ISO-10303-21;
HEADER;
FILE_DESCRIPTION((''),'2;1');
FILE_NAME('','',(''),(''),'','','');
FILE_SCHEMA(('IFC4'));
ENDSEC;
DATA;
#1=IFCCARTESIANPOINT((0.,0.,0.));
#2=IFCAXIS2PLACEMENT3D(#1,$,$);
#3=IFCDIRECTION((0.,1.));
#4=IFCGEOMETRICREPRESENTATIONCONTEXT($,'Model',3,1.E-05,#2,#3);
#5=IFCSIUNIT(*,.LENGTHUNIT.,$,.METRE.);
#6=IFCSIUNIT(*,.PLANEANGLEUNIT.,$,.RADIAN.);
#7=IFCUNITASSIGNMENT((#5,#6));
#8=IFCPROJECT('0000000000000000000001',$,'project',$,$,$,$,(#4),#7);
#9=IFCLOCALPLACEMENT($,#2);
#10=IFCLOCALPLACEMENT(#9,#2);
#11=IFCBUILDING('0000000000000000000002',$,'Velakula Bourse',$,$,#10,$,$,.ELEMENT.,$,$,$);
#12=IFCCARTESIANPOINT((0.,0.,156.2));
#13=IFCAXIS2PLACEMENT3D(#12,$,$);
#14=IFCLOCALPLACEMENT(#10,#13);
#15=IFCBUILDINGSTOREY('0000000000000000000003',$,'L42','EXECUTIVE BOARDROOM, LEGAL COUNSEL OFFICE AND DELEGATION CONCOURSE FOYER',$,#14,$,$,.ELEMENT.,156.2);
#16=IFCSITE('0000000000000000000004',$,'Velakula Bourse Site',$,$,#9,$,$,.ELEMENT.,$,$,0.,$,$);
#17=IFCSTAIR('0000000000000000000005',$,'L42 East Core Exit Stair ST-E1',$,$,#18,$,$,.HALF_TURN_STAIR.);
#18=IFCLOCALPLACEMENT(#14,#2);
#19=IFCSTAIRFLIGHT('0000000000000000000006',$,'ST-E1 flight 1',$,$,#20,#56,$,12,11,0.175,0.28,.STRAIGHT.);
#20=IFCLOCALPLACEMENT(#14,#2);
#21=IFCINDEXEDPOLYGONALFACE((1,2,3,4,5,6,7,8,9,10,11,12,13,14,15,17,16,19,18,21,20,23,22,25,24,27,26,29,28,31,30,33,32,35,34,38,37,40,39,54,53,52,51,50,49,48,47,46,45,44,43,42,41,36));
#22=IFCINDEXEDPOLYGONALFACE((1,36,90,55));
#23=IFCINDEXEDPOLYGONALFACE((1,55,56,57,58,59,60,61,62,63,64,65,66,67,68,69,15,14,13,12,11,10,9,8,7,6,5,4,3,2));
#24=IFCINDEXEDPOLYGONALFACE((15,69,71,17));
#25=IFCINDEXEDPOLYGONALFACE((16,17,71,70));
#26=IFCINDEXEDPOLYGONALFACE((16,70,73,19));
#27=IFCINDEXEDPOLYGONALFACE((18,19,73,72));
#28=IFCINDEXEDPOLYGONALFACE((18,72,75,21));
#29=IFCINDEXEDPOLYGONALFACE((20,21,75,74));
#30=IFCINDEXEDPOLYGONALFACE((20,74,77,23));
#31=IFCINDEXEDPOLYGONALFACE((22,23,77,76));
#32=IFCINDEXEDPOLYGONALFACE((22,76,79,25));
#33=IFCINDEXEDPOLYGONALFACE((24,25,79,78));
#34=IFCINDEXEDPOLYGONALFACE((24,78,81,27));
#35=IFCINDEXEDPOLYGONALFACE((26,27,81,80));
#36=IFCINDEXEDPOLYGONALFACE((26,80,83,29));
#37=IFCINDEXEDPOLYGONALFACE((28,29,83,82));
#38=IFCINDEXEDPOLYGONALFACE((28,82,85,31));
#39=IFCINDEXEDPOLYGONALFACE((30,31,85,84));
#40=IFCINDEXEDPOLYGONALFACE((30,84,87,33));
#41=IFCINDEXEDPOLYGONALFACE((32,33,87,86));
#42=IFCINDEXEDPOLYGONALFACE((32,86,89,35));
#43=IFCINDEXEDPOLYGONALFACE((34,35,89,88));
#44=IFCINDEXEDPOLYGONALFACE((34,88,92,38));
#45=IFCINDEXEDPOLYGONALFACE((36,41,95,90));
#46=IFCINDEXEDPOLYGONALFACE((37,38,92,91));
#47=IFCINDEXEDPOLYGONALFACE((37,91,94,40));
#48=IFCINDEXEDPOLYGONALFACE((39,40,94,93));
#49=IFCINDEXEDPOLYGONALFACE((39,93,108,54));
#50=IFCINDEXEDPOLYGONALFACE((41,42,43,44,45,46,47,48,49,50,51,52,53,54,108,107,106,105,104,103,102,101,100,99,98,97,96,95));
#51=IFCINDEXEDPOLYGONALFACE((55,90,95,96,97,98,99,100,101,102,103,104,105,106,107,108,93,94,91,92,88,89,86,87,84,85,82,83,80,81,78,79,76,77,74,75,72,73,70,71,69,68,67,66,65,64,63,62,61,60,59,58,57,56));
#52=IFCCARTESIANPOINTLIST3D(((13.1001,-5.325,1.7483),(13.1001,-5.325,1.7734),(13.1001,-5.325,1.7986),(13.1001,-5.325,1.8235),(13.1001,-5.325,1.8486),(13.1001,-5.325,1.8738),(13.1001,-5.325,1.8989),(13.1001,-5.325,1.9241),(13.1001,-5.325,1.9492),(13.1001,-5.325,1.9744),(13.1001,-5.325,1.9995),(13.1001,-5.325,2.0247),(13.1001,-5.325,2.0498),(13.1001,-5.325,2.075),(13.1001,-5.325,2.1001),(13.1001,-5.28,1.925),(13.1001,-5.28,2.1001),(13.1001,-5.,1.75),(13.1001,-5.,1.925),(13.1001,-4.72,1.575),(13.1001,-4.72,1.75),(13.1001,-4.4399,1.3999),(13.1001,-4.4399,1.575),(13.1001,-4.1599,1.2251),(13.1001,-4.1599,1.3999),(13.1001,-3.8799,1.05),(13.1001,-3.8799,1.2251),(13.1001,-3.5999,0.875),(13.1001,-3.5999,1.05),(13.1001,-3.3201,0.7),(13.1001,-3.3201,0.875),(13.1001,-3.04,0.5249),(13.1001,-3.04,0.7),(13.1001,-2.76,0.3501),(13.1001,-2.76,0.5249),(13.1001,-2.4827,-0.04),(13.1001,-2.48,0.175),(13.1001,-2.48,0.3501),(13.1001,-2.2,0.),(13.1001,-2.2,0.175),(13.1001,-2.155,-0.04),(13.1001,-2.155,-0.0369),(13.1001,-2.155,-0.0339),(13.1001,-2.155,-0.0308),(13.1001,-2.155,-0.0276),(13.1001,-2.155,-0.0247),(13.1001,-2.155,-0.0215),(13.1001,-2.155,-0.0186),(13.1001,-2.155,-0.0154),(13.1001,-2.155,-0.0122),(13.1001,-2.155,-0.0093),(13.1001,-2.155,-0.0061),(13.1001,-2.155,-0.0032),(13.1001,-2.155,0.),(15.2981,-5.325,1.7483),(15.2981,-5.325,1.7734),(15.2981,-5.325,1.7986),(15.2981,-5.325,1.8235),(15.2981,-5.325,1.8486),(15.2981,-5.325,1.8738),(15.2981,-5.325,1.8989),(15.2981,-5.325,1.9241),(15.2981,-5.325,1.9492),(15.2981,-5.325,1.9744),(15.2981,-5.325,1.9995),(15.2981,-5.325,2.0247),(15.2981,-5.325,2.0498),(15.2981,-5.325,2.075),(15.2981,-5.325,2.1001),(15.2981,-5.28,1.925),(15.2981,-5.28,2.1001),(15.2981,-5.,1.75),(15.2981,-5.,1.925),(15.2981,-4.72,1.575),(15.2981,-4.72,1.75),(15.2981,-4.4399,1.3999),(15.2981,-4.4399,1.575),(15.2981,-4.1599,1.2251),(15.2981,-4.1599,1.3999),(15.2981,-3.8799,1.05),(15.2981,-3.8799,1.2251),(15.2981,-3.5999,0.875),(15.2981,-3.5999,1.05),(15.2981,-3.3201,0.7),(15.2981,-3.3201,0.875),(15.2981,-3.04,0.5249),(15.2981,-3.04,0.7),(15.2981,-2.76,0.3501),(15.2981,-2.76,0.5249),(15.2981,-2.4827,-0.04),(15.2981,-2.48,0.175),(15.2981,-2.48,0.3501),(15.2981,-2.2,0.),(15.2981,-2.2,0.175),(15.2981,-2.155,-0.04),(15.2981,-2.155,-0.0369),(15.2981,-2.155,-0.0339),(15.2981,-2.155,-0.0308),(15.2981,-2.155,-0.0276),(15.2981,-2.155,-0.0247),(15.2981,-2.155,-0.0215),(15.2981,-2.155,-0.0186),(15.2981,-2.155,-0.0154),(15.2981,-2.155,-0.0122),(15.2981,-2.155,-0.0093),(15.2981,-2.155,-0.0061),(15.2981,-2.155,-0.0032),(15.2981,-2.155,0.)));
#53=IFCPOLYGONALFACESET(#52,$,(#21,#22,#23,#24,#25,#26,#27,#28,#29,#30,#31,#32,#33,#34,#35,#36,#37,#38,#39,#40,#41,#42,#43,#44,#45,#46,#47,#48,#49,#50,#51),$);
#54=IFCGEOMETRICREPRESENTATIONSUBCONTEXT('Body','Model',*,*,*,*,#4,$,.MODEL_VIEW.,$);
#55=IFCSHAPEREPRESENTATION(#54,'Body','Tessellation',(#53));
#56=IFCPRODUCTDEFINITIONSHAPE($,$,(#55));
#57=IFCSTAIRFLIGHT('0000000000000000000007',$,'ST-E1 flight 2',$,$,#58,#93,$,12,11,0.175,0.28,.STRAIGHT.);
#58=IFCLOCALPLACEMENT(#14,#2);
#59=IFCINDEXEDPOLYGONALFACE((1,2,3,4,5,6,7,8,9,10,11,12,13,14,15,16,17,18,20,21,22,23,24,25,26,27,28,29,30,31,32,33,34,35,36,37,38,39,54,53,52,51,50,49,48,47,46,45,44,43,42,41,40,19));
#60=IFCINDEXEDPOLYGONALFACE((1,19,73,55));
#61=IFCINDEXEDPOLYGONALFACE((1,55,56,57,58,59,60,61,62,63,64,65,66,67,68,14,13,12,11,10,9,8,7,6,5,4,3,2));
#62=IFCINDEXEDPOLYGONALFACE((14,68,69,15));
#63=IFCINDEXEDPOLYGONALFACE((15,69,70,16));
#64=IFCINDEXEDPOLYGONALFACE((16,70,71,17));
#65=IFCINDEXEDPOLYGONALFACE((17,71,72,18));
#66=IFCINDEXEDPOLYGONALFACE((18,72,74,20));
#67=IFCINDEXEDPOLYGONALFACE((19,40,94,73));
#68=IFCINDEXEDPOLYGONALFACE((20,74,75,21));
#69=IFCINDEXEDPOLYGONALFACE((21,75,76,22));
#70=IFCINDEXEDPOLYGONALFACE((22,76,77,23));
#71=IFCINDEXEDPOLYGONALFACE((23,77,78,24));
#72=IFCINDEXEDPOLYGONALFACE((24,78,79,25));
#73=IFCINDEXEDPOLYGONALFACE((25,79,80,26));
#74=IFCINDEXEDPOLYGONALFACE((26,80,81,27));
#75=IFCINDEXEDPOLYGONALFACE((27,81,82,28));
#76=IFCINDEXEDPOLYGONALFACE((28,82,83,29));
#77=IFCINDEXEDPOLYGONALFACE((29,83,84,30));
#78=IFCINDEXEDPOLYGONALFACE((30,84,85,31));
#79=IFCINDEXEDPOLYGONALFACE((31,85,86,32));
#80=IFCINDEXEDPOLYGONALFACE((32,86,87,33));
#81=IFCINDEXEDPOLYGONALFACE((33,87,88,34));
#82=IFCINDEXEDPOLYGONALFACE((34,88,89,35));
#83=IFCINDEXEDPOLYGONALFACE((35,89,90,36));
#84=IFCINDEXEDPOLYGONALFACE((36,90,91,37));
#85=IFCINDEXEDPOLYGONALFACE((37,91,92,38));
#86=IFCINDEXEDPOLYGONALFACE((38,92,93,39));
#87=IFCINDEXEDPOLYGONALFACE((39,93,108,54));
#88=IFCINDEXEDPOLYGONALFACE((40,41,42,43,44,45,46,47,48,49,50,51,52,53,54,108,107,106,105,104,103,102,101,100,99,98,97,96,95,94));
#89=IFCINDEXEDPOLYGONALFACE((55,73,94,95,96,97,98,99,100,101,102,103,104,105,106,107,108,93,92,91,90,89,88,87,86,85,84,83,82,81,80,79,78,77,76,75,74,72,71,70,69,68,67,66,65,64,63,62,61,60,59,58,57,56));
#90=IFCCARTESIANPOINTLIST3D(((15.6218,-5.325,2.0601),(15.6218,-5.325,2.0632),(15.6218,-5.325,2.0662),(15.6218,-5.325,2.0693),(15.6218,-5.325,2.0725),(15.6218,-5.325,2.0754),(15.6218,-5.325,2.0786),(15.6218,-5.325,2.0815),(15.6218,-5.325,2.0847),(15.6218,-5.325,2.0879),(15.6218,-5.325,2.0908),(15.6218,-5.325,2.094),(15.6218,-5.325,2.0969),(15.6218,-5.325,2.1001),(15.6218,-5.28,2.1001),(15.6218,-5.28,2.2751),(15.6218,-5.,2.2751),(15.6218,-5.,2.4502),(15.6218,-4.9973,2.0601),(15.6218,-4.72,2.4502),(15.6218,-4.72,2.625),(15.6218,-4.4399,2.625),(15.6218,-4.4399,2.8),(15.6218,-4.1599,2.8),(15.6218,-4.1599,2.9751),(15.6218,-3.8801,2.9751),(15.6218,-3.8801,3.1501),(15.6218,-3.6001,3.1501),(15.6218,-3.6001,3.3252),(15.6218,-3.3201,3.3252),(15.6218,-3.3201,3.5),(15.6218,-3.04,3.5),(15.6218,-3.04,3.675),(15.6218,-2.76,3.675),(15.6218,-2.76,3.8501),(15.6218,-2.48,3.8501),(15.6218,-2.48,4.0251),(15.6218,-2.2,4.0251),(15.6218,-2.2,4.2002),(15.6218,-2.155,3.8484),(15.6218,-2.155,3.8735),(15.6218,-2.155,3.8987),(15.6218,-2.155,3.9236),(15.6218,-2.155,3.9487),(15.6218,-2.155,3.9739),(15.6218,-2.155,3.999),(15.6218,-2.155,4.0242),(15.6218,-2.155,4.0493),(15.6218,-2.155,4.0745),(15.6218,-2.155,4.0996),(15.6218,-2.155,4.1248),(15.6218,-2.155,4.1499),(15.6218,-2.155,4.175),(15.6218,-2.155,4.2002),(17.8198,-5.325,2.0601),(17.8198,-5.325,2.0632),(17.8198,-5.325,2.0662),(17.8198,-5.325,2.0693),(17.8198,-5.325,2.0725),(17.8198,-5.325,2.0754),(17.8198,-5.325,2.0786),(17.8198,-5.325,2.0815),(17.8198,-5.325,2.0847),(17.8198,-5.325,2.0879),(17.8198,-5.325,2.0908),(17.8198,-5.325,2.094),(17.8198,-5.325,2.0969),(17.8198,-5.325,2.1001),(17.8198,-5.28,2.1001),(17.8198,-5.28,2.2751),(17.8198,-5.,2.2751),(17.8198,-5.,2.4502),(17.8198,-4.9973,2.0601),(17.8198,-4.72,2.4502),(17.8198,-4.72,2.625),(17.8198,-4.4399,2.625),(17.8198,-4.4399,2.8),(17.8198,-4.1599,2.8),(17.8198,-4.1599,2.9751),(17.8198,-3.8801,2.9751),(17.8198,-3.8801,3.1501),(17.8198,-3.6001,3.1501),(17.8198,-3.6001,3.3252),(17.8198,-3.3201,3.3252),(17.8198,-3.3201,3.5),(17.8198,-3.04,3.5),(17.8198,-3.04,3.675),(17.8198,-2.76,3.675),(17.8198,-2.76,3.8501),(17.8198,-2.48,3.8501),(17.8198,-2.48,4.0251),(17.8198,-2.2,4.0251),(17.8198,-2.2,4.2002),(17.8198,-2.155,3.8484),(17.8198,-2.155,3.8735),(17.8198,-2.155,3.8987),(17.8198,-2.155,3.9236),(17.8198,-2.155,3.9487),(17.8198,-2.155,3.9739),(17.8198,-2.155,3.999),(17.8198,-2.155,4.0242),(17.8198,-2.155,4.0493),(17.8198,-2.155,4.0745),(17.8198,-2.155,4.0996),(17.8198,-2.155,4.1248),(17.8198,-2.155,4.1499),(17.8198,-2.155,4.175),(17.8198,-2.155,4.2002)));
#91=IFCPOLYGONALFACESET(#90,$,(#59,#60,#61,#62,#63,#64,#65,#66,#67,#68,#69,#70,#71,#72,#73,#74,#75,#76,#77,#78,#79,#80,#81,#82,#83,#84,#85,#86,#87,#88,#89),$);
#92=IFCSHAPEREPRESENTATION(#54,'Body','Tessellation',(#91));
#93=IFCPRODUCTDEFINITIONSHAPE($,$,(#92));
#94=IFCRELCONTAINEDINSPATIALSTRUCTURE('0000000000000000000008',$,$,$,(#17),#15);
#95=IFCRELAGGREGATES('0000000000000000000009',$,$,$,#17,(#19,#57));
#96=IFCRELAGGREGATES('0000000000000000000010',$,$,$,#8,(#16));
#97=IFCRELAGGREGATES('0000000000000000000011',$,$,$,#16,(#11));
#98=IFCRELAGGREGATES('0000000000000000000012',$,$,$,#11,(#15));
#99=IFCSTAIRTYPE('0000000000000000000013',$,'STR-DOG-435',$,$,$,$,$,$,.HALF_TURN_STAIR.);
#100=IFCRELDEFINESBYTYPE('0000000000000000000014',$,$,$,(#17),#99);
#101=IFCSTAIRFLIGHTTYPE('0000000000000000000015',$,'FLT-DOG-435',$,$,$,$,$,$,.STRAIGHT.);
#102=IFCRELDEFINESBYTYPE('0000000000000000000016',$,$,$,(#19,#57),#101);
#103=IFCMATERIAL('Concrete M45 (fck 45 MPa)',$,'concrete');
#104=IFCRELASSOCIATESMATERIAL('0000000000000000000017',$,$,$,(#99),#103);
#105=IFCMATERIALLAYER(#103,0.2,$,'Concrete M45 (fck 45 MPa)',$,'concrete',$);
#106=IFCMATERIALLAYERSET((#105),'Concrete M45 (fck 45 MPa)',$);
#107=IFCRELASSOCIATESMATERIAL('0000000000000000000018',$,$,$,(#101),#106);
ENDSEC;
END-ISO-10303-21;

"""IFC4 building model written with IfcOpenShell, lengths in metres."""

from ifc_helpers import new_model, si_unit, direction, frame, origin, place, context, subcontext, project, spatial, polyline, outline, extrude, material, layer, layer_set, type_object, element, aggregate, save


model = new_model("IFC4")

# Units and contexts
model_context = context("Model", 3, precision=1e-05, world=origin(), true_north=direction((0.0, 1.0)))
body_context = subcontext(model_context, "Body", "Model", "MODEL_VIEW")
ifc_project = project(units=[si_unit("LENGTHUNIT", "METRE"), si_unit("PLANEANGLEUNIT", "RADIAN")], contexts=[model_context])

# Site, building, storey
site_placement = place(None, origin())
site = spatial("IfcSite", under=ifc_project, at=site_placement, Name="Velakula Bourse Site", CompositionType="ELEMENT", RefElevation=0.0)
building_placement = place(site_placement, origin())
building = spatial("IfcBuilding", under=site, at=building_placement, Name="Velakula Bourse", CompositionType="ELEMENT")
storey_placement = place(building_placement, frame((0.0, 0.0, 156.2)))
storey = spatial("IfcBuildingStorey", under=building, at=storey_placement, Name="L42", Description="EXECUTIVE BOARDROOM, LEGAL COUNSEL OFFICE AND DELEGATION CONCOURSE FOYER", CompositionType="ELEMENT", Elevation=156.2)

# Stair, stair flights
ifc_material_1 = material(Name="Concrete M45 (fck 45 MPa)", Category="concrete")
stair_type = type_object("IfcStairType", Name="STR-DOG-435", PredefinedType="HALF_TURN_STAIR", material=ifc_material_1)
stair_placement = place(storey_placement, origin())
stair = element("IfcStair", 1, at=stair_placement, inside=storey, type_object=stair_type, Name="L42 East Core Exit Stair ST-E1", PredefinedType="HALF_TURN_STAIR")
ifc_layer_1 = layer(ifc_material_1, 0.2, Name="Concrete M45 (fck 45 MPa)", Category="concrete")
ifc_layer_set_1 = layer_set([ifc_layer_1], Name="Concrete M45 (fck 45 MPa)")
stair_flight_type = type_object("IfcStairFlightType", Name="FLT-DOG-435", PredefinedType="STRAIGHT", material=ifc_layer_set_1)
stair_flight_1_placement = place(storey_placement, frame((14.199, -2.2, 0.0), z_axis=(0.0, 0.0, 1.0), x_axis=(0.0, -1.0, 0.0)))
stair_flight_1 = element("IfcStairFlight", 2, at=stair_flight_1_placement, type_object=stair_flight_type, Name="ST-E1 flight 1", NumberOfRisers=12, NumberOfTreads=11, PredefinedType="STRAIGHT", RiserHeight=0.175, TreadLength=0.28, context=body_context, shape_type="SweptSolid", body=[
    extrude(outline(polyline([(-0.0449, -0.04), (-0.0449, -0.0369), (-0.0449, -0.0339), (-0.0449, -0.0308), (-0.0449, -0.0276), (-0.0449, -0.0247), (-0.0449, -0.0215), (-0.0449, -0.0186), (-0.0449, -0.0154), (-0.0449, -0.0122), (-0.0449, -0.0093), (-0.0449, -0.0061), (-0.0449, -0.0032), (-0.0449, 0.0), (0.0, 0.0), (0.0, 0.175), (0.28, 0.175), (0.28, 0.3501), (0.5601, 0.3501), (0.5601, 0.5249), (0.8401, 0.5249), (0.8401, 0.7), (1.1201, 0.7), (1.1201, 0.875), (1.3999, 0.875), (1.3999, 1.05), (1.6799, 1.05), (1.6799, 1.2251), (1.96, 1.2251), (1.96, 1.3999), (2.24, 1.3999), (2.24, 1.575), (2.52, 1.575), (2.52, 1.75), (2.8, 1.75), (2.8, 1.925), (3.0801, 1.925), (3.0801, 2.1001), (3.125, 2.1001), (3.125, 2.075), (3.125, 2.0498), (3.125, 2.0247), (3.125, 1.9995), (3.125, 1.9744), (3.125, 1.9492), (3.125, 1.9241), (3.125, 1.8989), (3.125, 1.8738), (3.125, 1.8486), (3.125, 1.8235), (3.125, 1.7986), (3.125, 1.7734), (3.125, 1.7483), (0.2827, -0.04), (-0.0449, -0.04)])), frame((0.0, 1.0991, 0.0), z_axis=(0.0, -1.0, 0.0), x_axis=(1.0, 0.0, 0.0)), (0.0, 0.0, 1.0), 2.198),
])
stair_flight_2_placement = place(storey_placement, frame((16.7209, -5.28, 2.1001), z_axis=(0.0, 0.0, 1.0), x_axis=(0.0, 1.0, 0.0)))
stair_flight_2 = element("IfcStairFlight", 3, at=stair_flight_2_placement, type_object=stair_flight_type, Name="ST-E1 flight 2", NumberOfRisers=12, NumberOfTreads=11, PredefinedType="STRAIGHT", RiserHeight=0.175, TreadLength=0.28, context=body_context, shape_type="SweptSolid", body=[
    extrude(outline(polyline([(-0.0449, -0.04), (-0.0449, -0.0369), (-0.0449, -0.0339), (-0.0449, -0.0308), (-0.0449, -0.0276), (-0.0449, -0.0247), (-0.0449, -0.0215), (-0.0449, -0.0186), (-0.0449, -0.0154), (-0.0449, -0.0122), (-0.0449, -0.0093), (-0.0449, -0.0061), (-0.0449, -0.0032), (-0.0449, 0.0), (0.0, 0.0), (0.0, 0.175), (0.28, 0.175), (0.28, 0.3501), (0.5601, 0.3501), (0.5601, 0.5249), (0.8401, 0.5249), (0.8401, 0.7), (1.1201, 0.7), (1.1201, 0.875), (1.3999, 0.875), (1.3999, 1.05), (1.6799, 1.05), (1.6799, 1.2251), (1.96, 1.2251), (1.96, 1.3999), (2.24, 1.3999), (2.24, 1.575), (2.52, 1.575), (2.52, 1.75), (2.8, 1.75), (2.8, 1.925), (3.0801, 1.925), (3.0801, 2.1001), (3.125, 2.1001), (3.125, 2.075), (3.125, 2.0498), (3.125, 2.0247), (3.125, 1.9995), (3.125, 1.9744), (3.125, 1.9492), (3.125, 1.9241), (3.125, 1.8989), (3.125, 1.8738), (3.125, 1.8486), (3.125, 1.8235), (3.125, 1.7986), (3.125, 1.7734), (3.125, 1.7483), (0.2827, -0.04), (-0.0449, -0.04)])), frame((0.0, 1.0991, 0.0), z_axis=(0.0, -1.0, 0.0), x_axis=(1.0, 0.0, 0.0)), (0.0, 0.0, 1.0), 2.198),
])
aggregate(stair, [stair_flight_1, stair_flight_2])

save(model, "model.ifc")
